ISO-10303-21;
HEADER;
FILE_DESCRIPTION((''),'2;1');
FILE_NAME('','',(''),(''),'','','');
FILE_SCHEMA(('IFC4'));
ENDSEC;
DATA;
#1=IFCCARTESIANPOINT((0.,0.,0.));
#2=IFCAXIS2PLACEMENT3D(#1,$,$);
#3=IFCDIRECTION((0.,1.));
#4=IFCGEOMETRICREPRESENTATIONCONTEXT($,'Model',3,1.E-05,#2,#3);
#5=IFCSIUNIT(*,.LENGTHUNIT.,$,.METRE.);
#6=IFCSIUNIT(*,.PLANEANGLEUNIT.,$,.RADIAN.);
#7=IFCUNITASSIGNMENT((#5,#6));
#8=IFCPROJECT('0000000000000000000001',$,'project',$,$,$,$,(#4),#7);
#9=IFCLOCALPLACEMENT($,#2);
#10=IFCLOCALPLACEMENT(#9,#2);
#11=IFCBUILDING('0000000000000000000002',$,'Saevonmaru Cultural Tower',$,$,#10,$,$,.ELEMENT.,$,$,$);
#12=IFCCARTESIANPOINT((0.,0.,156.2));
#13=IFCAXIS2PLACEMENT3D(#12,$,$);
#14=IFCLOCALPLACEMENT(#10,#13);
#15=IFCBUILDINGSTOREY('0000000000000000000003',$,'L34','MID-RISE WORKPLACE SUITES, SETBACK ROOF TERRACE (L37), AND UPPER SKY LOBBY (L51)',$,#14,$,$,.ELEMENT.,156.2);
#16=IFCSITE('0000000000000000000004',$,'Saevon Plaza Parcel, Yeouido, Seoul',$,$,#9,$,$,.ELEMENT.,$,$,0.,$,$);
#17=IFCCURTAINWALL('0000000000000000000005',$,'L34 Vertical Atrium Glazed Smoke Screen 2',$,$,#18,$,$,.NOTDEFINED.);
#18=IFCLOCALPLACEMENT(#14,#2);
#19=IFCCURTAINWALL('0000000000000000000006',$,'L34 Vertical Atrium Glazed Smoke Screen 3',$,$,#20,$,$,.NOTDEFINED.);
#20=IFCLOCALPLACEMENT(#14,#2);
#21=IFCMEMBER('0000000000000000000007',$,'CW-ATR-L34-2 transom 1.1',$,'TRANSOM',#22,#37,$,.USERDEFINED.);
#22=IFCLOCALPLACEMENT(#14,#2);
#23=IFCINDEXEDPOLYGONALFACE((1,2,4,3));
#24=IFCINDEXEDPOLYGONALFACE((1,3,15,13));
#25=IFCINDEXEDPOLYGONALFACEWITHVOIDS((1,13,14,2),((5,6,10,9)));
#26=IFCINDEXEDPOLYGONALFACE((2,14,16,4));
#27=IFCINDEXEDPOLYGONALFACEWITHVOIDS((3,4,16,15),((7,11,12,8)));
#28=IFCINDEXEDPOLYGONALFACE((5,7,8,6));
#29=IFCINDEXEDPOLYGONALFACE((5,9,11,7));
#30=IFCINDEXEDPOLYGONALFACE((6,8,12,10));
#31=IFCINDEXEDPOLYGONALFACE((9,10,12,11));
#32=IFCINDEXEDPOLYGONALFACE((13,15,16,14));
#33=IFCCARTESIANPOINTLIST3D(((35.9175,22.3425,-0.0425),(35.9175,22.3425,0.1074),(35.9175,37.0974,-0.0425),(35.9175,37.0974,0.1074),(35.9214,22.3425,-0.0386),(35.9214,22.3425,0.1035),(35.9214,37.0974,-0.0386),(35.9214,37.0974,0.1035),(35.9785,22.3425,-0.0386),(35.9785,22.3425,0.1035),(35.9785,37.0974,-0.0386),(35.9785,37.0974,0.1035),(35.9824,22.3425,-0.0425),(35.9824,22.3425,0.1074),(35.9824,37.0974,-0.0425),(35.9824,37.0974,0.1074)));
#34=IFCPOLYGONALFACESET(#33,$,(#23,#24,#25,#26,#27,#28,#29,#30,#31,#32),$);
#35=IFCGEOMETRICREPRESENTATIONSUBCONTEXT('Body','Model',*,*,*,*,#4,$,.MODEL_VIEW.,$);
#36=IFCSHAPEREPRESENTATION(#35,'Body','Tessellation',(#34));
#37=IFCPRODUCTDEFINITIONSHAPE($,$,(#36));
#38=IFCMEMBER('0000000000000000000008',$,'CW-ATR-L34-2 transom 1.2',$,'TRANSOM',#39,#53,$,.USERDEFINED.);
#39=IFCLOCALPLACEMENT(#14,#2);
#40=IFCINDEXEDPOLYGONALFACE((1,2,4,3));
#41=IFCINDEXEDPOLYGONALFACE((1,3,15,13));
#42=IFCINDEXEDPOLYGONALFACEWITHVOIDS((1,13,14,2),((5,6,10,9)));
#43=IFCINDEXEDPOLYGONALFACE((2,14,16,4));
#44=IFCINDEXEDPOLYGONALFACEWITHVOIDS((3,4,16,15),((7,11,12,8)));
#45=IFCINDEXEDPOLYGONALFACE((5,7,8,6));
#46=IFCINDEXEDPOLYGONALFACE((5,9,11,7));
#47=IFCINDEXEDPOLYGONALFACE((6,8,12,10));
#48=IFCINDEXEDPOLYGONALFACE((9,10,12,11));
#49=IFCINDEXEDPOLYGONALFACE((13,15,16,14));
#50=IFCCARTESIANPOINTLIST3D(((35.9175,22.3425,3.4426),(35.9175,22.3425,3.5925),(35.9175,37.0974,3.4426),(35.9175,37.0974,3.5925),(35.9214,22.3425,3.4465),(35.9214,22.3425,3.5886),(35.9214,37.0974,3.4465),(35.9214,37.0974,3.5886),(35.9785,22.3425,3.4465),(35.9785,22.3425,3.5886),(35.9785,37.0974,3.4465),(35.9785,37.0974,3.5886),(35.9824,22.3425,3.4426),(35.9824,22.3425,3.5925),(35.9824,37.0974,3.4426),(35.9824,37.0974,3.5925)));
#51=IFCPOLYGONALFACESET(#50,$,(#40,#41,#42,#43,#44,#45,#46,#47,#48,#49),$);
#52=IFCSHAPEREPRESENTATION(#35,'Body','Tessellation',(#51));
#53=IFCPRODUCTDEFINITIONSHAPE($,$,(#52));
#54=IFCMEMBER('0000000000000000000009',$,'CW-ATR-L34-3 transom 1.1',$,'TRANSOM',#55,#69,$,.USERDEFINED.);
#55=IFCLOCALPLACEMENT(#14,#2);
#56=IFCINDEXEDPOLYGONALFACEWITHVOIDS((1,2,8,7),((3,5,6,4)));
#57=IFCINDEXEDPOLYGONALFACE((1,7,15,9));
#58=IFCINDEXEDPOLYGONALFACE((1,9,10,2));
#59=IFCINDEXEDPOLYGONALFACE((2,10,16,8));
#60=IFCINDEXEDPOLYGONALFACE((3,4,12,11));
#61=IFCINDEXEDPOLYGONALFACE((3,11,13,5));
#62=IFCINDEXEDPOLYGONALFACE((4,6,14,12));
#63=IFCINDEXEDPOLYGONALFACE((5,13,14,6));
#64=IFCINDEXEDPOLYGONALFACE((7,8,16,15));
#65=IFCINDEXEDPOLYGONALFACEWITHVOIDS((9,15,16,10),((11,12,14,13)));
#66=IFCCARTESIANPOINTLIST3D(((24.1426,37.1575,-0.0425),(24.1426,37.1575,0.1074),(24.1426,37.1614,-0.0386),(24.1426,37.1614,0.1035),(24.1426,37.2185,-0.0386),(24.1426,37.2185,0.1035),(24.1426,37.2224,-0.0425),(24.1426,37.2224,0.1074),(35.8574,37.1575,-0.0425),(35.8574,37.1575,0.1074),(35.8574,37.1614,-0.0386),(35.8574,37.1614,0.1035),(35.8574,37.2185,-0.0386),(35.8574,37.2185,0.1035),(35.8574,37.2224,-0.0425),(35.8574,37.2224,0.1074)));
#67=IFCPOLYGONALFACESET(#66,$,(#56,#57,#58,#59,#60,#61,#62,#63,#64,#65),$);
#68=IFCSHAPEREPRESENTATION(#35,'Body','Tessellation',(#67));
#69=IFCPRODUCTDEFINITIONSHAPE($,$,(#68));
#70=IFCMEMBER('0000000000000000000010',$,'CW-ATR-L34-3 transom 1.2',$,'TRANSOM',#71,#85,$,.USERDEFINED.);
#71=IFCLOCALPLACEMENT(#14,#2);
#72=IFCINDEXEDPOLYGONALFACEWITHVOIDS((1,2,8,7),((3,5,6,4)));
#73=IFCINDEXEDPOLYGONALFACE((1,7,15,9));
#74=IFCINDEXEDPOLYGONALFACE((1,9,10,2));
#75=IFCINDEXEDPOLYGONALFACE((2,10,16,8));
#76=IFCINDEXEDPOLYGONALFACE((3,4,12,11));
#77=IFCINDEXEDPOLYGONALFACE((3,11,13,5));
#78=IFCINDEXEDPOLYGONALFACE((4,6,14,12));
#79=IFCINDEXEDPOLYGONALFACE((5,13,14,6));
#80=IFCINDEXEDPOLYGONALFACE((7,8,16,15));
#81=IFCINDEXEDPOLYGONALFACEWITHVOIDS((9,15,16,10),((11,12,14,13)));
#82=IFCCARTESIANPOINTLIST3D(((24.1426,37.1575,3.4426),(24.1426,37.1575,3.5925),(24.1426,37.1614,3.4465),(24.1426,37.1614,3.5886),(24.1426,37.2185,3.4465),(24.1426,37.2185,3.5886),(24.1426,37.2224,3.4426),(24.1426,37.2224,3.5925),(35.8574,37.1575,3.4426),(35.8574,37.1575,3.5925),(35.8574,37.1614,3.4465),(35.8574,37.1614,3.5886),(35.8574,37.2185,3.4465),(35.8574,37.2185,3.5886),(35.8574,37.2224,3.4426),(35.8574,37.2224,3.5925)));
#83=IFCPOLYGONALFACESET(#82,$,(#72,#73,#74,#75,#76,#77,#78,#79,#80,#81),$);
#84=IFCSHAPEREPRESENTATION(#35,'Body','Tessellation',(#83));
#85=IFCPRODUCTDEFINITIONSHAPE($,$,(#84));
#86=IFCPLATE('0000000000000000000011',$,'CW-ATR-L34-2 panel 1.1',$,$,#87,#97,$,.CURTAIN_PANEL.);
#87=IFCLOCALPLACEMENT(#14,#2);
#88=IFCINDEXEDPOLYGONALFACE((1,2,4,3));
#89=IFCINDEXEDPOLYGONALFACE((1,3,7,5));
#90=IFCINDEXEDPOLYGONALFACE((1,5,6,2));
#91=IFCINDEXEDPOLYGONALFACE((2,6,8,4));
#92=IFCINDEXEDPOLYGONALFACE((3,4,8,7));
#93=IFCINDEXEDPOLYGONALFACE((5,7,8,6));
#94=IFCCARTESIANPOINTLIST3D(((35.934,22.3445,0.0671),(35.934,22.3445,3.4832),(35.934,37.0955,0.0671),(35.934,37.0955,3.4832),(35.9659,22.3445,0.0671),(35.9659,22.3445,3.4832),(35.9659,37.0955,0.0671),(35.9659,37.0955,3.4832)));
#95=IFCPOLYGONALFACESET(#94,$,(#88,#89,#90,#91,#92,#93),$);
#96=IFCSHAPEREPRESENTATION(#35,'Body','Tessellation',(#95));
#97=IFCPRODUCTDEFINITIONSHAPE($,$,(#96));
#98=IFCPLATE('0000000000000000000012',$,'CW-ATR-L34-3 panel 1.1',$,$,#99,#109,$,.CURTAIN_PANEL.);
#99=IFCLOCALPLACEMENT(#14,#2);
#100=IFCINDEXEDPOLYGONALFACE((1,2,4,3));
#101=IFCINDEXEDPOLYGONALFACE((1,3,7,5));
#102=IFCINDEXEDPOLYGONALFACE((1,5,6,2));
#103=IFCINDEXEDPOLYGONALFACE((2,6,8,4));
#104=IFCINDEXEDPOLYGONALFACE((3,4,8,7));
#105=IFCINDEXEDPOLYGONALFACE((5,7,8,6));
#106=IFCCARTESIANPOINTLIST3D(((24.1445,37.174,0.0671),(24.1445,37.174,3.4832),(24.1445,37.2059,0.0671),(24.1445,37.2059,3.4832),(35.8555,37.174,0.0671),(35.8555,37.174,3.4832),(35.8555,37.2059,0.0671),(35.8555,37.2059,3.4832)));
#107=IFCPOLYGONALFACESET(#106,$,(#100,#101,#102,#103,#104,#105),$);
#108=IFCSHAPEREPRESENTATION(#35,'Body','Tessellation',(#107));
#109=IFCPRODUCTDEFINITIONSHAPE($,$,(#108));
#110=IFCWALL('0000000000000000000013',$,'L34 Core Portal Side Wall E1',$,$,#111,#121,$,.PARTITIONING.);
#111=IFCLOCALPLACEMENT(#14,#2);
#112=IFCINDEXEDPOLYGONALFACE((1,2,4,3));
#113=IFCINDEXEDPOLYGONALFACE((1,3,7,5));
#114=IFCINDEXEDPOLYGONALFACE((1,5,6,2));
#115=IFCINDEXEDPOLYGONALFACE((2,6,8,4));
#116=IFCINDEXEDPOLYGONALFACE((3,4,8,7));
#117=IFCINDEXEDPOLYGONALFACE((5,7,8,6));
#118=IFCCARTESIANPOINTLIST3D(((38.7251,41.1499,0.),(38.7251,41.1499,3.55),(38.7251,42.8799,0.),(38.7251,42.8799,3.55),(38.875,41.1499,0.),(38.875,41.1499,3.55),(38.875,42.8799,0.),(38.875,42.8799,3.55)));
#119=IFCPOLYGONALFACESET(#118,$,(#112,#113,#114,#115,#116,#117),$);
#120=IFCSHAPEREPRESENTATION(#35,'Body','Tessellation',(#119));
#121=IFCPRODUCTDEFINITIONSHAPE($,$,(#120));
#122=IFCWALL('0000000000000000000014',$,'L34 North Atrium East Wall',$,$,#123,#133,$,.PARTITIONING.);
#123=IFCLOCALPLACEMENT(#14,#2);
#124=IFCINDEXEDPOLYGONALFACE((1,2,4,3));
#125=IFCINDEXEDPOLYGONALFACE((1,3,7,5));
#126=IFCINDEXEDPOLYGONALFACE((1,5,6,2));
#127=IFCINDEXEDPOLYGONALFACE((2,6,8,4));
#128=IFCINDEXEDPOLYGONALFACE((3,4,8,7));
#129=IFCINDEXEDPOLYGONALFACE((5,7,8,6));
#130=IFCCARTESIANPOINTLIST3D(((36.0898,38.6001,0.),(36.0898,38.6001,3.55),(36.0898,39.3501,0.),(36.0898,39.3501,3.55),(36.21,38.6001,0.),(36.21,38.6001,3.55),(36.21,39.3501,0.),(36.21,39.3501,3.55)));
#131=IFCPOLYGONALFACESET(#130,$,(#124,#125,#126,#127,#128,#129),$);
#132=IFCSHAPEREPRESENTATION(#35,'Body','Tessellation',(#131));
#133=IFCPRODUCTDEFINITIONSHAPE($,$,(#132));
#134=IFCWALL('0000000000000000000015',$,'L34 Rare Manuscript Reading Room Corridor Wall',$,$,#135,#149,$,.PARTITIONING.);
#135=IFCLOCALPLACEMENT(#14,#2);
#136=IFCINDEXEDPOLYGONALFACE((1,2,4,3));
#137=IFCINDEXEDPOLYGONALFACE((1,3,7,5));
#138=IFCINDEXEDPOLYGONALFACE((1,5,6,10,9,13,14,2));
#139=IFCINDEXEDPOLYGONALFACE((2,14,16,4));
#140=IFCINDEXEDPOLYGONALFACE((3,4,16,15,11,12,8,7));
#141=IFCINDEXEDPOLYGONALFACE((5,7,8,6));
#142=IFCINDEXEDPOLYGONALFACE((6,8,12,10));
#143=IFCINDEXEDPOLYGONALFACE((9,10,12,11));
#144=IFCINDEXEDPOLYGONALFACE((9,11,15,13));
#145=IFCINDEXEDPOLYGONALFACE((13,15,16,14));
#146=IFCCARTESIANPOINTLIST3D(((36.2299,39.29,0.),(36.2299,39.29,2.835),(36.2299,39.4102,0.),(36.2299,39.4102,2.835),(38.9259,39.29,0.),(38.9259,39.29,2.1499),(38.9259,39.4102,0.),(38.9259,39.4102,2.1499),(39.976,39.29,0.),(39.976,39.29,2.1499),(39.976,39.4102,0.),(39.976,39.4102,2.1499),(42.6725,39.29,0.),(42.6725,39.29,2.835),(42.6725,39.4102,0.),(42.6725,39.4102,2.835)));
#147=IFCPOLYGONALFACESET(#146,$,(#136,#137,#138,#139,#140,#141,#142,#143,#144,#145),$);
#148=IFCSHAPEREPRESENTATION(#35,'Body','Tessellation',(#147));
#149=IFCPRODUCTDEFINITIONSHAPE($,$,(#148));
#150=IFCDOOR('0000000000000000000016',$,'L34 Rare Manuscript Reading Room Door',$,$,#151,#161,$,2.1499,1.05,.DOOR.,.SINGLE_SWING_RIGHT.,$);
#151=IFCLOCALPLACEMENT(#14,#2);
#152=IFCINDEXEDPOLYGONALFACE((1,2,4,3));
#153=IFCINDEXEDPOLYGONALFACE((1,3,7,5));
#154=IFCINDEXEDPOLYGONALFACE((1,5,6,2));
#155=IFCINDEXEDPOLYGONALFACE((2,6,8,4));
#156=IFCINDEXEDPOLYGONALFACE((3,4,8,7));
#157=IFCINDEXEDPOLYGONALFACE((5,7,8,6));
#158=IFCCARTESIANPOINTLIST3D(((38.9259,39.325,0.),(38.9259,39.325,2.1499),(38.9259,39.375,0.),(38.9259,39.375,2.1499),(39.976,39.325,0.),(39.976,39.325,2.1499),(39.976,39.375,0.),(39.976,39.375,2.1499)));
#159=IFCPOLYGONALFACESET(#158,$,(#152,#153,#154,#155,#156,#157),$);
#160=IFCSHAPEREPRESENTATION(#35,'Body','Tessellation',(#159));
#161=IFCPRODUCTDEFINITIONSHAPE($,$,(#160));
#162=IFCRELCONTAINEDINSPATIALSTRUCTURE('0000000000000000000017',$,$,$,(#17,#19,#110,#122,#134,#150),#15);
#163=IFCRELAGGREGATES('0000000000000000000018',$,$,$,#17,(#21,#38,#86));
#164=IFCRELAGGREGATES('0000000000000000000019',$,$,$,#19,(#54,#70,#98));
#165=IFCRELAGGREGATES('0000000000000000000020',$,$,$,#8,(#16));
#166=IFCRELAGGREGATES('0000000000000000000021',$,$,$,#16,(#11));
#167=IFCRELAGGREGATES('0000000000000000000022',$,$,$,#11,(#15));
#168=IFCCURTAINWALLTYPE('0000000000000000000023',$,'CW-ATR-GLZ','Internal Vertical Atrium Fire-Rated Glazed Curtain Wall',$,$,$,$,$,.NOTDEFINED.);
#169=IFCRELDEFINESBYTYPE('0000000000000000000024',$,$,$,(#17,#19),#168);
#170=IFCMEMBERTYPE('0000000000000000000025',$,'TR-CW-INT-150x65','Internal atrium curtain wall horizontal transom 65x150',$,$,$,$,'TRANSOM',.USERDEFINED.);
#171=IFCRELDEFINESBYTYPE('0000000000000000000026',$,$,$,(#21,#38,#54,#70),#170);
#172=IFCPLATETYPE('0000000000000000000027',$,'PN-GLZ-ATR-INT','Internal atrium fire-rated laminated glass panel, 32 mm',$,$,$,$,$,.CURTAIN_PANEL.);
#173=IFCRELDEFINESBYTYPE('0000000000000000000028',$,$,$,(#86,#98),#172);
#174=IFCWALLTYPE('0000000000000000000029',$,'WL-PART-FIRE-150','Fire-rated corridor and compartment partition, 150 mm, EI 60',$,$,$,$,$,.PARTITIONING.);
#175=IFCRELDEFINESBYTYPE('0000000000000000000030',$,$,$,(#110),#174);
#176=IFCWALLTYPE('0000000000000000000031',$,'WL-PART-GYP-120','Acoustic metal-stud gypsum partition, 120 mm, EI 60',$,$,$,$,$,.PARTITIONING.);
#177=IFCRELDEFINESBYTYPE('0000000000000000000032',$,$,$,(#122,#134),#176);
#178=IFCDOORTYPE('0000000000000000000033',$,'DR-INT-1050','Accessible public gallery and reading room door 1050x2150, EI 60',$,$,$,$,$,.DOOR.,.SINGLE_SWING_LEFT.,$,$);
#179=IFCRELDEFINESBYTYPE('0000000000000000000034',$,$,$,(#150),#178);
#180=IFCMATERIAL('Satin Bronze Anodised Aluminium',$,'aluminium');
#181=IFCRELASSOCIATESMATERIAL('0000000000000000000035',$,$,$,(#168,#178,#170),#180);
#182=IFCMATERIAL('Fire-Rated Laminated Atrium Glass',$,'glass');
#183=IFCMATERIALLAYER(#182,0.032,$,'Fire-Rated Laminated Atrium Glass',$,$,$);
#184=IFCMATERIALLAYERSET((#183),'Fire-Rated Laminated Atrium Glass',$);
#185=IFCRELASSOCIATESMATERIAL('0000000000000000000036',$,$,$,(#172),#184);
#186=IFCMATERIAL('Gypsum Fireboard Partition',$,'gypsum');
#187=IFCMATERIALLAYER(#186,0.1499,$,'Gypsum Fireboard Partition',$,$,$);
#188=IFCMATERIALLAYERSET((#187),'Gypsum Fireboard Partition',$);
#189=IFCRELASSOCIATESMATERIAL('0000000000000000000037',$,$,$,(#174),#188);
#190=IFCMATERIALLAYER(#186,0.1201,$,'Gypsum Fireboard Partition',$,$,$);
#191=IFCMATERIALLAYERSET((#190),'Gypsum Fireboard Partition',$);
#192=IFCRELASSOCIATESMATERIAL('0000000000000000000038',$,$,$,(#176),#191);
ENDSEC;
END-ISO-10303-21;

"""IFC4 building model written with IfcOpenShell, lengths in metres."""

from ifc_helpers import new_model, si_unit, direction, frame, frame_2d, origin, origin_2d, place, context, subcontext, project, spatial, rectangle, hollow_rectangle, extrude, material, layer, layer_set, material_profile, profile_set, type_object, element, fill, aggregate, save


model = new_model("IFC4")

# Units and contexts
model_context = context("Model", 3, precision=1e-05, world=origin(), true_north=direction((0.0, 1.0)))
body_context = subcontext(model_context, "Body", "Model", "MODEL_VIEW")
ifc_project = project(units=[si_unit("LENGTHUNIT", "METRE"), si_unit("PLANEANGLEUNIT", "RADIAN")], contexts=[model_context])

# Site, building, storey
site_placement = place(None, origin())
site = spatial("IfcSite", under=ifc_project, at=site_placement, Name="Saevon Plaza Parcel, Yeouido, Seoul", CompositionType="ELEMENT", RefElevation=0.0)
building_placement = place(site_placement, origin())
building = spatial("IfcBuilding", under=site, at=building_placement, Name="Saevonmaru Cultural Tower", CompositionType="ELEMENT")
storey_placement = place(building_placement, frame((0.0, 0.0, 156.2)))
storey = spatial("IfcBuildingStorey", under=building, at=storey_placement, Name="L34", Description="MID-RISE WORKPLACE SUITES, SETBACK ROOF TERRACE (L37), AND UPPER SKY LOBBY (L51)", CompositionType="ELEMENT", Elevation=156.2)

# Shared definitions
ifc_material_1 = material(Name="Satin Bronze Anodised Aluminium", Category="aluminium")
curtain_wall_type = type_object("IfcCurtainWallType", Name="CW-ATR-GLZ", Description="Internal Vertical Atrium Fire-Rated Glazed Curtain Wall", PredefinedType="NOTDEFINED", material=ifc_material_1)

# Curtain walls
curtain_wall_1_placement = place(storey_placement, origin())
curtain_wall_1 = element("IfcCurtainWall", 1, at=curtain_wall_1_placement, inside=storey, type_object=curtain_wall_type, Name="L34 Vertical Atrium Glazed Smoke Screen 2", PredefinedType="NOTDEFINED")
curtain_wall_2_placement = place(storey_placement, origin())
curtain_wall_2 = element("IfcCurtainWall", 2, at=curtain_wall_2_placement, inside=storey, type_object=curtain_wall_type, Name="L34 Vertical Atrium Glazed Smoke Screen 3", PredefinedType="NOTDEFINED")

# Members
ifc_material_profile_1 = material_profile(ifc_material_1, hollow_rectangle(XDim=0.0649, YDim=0.1499, WallThickness=0.0039, at=origin_2d()), Name="ALU-TRAN-150x65x4")
ifc_profile_set_1 = profile_set([ifc_material_profile_1], Name="Satin Bronze Anodised Aluminium")
member_type_1 = type_object("IfcMemberType", Name="TR-CW-INT-150x65", Description="Internal atrium curtain wall horizontal transom 65x150", ElementType="TRANSOM", PredefinedType="USERDEFINED", material=ifc_profile_set_1)
member_1_placement = place(storey_placement, frame((35.95, 22.3425, 0.0325), z_axis=(0.0, 1.0, 0.0), x_axis=(-1.0, 0.0, 0.0)))
member_1 = element("IfcMember", 3, at=member_1_placement, type_object=member_type_1, Name="CW-ATR-L34-2 transom 1.1", ObjectType="TRANSOM", PredefinedType="USERDEFINED", context=body_context, shape_type="SweptSolid", body=[
    extrude(hollow_rectangle(XDim=0.0649, YDim=0.1499, WallThickness=0.0039, at=origin_2d()), origin(), (0.0, 0.0, 1.0), 14.7549),
])
member_2_placement = place(storey_placement, frame((35.95, 22.3425, 3.5176), z_axis=(0.0, 1.0, 0.0), x_axis=(-1.0, 0.0, 0.0)))
member_2 = element("IfcMember", 4, at=member_2_placement, type_object=member_type_1, Name="CW-ATR-L34-2 transom 1.2", ObjectType="TRANSOM", PredefinedType="USERDEFINED", context=body_context, shape_type="SweptSolid", body=[
    extrude(hollow_rectangle(XDim=0.0649, YDim=0.1499, WallThickness=0.0039, at=origin_2d()), origin(), (0.0, 0.0, 1.0), 14.7549),
])
member_3_placement = place(storey_placement, frame((35.8574, 37.1899, 0.0325), z_axis=(-1.0, 0.0, 0.0), x_axis=(0.0, -1.0, 0.0)))
member_3 = element("IfcMember", 5, at=member_3_placement, type_object=member_type_1, Name="CW-ATR-L34-3 transom 1.1", ObjectType="TRANSOM", PredefinedType="USERDEFINED", context=body_context, shape_type="SweptSolid", body=[
    extrude(hollow_rectangle(XDim=0.0649, YDim=0.1499, WallThickness=0.0039, at=origin_2d()), origin(), (0.0, 0.0, 1.0), 11.7148),
])
member_4_placement = place(storey_placement, frame((35.8574, 37.1899, 3.5176), z_axis=(-1.0, 0.0, 0.0), x_axis=(0.0, -1.0, 0.0)))
member_4 = element("IfcMember", 6, at=member_4_placement, type_object=member_type_1, Name="CW-ATR-L34-3 transom 1.2", ObjectType="TRANSOM", PredefinedType="USERDEFINED", context=body_context, shape_type="SweptSolid", body=[
    extrude(hollow_rectangle(XDim=0.0649, YDim=0.1499, WallThickness=0.0039, at=origin_2d()), origin(), (0.0, 0.0, 1.0), 11.7148),
])

# Plates
ifc_material_2 = material(Name="Fire-Rated Laminated Atrium Glass", Category="glass")
ifc_layer_1 = layer(ifc_material_2, 0.032, Name="Fire-Rated Laminated Atrium Glass")
ifc_layer_set_1 = layer_set([ifc_layer_1], Name="Fire-Rated Laminated Atrium Glass")
plate_type = type_object("IfcPlateType", Name="PN-GLZ-ATR-INT", Description="Internal atrium fire-rated laminated glass panel, 32 mm", PredefinedType="CURTAIN_PANEL", material=ifc_layer_set_1)
plate_1_placement = place(storey_placement, frame((35.95, 29.72, 0.0671), z_axis=(0.0, 0.0, 1.0), x_axis=(0.0, 1.0, 0.0)))
plate_1 = element("IfcPlate", 7, at=plate_1_placement, type_object=plate_type, Name="CW-ATR-L34-2 panel 1.1", PredefinedType="CURTAIN_PANEL", context=body_context, shape_type="SweptSolid", body=[
    extrude(rectangle(XDim=14.751, YDim=0.032, at=origin_2d()), origin(), (0.0, 0.0, 1.0), 3.416),
])
aggregate(curtain_wall_1, [member_1, member_2, plate_1])
plate_2_placement = place(storey_placement, frame((30.0, 37.1899, 0.0671), z_axis=(0.0, 0.0, 1.0), x_axis=(-1.0, 0.0, 0.0)))
plate_2 = element("IfcPlate", 8, at=plate_2_placement, type_object=plate_type, Name="CW-ATR-L34-3 panel 1.1", PredefinedType="CURTAIN_PANEL", context=body_context, shape_type="SweptSolid", body=[
    extrude(rectangle(XDim=11.7109, YDim=0.032, at=origin_2d()), origin(), (0.0, 0.0, 1.0), 3.416),
])
aggregate(curtain_wall_2, [member_3, member_4, plate_2])

# Walls
ifc_material_3 = material(Name="Gypsum Fireboard Partition", Category="gypsum")
ifc_layer_2 = layer(ifc_material_3, 0.1499, Name="Gypsum Fireboard Partition")
ifc_layer_set_2 = layer_set([ifc_layer_2], Name="Gypsum Fireboard Partition")
wall_type_1 = type_object("IfcWallType", Name="WL-PART-FIRE-150", Description="Fire-rated corridor and compartment partition, 150 mm, EI 60", PredefinedType="PARTITIONING", material=ifc_layer_set_2)
wall_1_placement = place(storey_placement, frame((38.8, 41.1499, 0.0), z_axis=(0.0, 0.0, 1.0), x_axis=(0.0, 1.0, 0.0)))
element("IfcWall", 9, at=wall_1_placement, inside=storey, type_object=wall_type_1, Name="L34 Core Portal Side Wall E1", PredefinedType="PARTITIONING", context=body_context, shape_type="SweptSolid", body=[
    extrude(rectangle(XDim=1.73, YDim=0.1499, at=frame_2d((0.865, 0.0))), origin(), (0.0, 0.0, 1.0), 3.55),
])
ifc_layer_3 = layer(ifc_material_3, 0.1201, Name="Gypsum Fireboard Partition")
ifc_layer_set_3 = layer_set([ifc_layer_3], Name="Gypsum Fireboard Partition")
wall_type_2 = type_object("IfcWallType", Name="WL-PART-GYP-120", Description="Acoustic metal-stud gypsum partition, 120 mm, EI 60", PredefinedType="PARTITIONING", material=ifc_layer_set_3)
wall_2_placement = place(storey_placement, frame((36.1499, 38.6001, 0.0), z_axis=(0.0, 0.0, 1.0), x_axis=(0.0, 1.0, 0.0)))
element("IfcWall", 10, at=wall_2_placement, inside=storey, type_object=wall_type_2, Name="L34 North Atrium East Wall", PredefinedType="PARTITIONING", context=body_context, shape_type="SweptSolid", body=[
    extrude(rectangle(XDim=0.75, YDim=0.1201, at=frame_2d((0.375, 0.0))), origin(), (0.0, 0.0, 1.0), 3.55),
])

# Wall, opening, door
wall_3_placement = place(storey_placement, frame((36.23, 39.3501, 0.0), z_axis=(0.0, 0.0, 1.0), x_axis=(1.0, 0.0, 0.0)))
wall_3 = element("IfcWall", 11, at=wall_3_placement, inside=storey, type_object=wall_type_2, Name="L34 Rare Manuscript Reading Room Corridor Wall", PredefinedType="PARTITIONING", context=body_context, shape_type="SweptSolid", body=[
    extrude(rectangle(XDim=6.4426, YDim=0.1201, at=frame_2d((3.2212, 0.0))), origin(), (0.0, 0.0, 1.0), 2.835),
])
opening_placement = place(wall_3_placement, frame((2.696, 0.0, 0.0)))
opening = element("IfcOpeningElement", 12, at=opening_placement, cuts=wall_3, PredefinedType="OPENING", context=body_context, shape_type="SweptSolid", body=[
    extrude(rectangle(XDim=1.05, YDim=2.1499, at=frame_2d((0.5249, 1.075))), frame((0.0, 0.0701, 0.0), z_axis=(0.0, -1.0, 0.0), x_axis=(1.0, 0.0, 0.0)), (0.0, 0.0, 1.0), 0.1401),
])
door_type = type_object("IfcDoorType", Name="DR-INT-1050", Description="Accessible public gallery and reading room door 1050x2150, EI 60", OperationType="SINGLE_SWING_LEFT", PredefinedType="DOOR", material=ifc_material_1)
door_placement = place(opening_placement, origin())
door = element("IfcDoor", 13, at=door_placement, inside=storey, type_object=door_type, Name="L34 Rare Manuscript Reading Room Door", OperationType="SINGLE_SWING_RIGHT", OverallHeight=2.1499, OverallWidth=1.05, PredefinedType="DOOR", context=body_context, shape_type="SweptSolid", body=[
    extrude(rectangle(XDim=1.05, YDim=2.1499, at=frame_2d((0.5249, 1.075))), frame((0.0, 0.0249, 0.0), z_axis=(0.0, -1.0, 0.0), x_axis=(1.0, 0.0, 0.0)), (0.0, 0.0, 1.0), 0.05),
])
fill(opening, door)

save(model, "model.ifc")
